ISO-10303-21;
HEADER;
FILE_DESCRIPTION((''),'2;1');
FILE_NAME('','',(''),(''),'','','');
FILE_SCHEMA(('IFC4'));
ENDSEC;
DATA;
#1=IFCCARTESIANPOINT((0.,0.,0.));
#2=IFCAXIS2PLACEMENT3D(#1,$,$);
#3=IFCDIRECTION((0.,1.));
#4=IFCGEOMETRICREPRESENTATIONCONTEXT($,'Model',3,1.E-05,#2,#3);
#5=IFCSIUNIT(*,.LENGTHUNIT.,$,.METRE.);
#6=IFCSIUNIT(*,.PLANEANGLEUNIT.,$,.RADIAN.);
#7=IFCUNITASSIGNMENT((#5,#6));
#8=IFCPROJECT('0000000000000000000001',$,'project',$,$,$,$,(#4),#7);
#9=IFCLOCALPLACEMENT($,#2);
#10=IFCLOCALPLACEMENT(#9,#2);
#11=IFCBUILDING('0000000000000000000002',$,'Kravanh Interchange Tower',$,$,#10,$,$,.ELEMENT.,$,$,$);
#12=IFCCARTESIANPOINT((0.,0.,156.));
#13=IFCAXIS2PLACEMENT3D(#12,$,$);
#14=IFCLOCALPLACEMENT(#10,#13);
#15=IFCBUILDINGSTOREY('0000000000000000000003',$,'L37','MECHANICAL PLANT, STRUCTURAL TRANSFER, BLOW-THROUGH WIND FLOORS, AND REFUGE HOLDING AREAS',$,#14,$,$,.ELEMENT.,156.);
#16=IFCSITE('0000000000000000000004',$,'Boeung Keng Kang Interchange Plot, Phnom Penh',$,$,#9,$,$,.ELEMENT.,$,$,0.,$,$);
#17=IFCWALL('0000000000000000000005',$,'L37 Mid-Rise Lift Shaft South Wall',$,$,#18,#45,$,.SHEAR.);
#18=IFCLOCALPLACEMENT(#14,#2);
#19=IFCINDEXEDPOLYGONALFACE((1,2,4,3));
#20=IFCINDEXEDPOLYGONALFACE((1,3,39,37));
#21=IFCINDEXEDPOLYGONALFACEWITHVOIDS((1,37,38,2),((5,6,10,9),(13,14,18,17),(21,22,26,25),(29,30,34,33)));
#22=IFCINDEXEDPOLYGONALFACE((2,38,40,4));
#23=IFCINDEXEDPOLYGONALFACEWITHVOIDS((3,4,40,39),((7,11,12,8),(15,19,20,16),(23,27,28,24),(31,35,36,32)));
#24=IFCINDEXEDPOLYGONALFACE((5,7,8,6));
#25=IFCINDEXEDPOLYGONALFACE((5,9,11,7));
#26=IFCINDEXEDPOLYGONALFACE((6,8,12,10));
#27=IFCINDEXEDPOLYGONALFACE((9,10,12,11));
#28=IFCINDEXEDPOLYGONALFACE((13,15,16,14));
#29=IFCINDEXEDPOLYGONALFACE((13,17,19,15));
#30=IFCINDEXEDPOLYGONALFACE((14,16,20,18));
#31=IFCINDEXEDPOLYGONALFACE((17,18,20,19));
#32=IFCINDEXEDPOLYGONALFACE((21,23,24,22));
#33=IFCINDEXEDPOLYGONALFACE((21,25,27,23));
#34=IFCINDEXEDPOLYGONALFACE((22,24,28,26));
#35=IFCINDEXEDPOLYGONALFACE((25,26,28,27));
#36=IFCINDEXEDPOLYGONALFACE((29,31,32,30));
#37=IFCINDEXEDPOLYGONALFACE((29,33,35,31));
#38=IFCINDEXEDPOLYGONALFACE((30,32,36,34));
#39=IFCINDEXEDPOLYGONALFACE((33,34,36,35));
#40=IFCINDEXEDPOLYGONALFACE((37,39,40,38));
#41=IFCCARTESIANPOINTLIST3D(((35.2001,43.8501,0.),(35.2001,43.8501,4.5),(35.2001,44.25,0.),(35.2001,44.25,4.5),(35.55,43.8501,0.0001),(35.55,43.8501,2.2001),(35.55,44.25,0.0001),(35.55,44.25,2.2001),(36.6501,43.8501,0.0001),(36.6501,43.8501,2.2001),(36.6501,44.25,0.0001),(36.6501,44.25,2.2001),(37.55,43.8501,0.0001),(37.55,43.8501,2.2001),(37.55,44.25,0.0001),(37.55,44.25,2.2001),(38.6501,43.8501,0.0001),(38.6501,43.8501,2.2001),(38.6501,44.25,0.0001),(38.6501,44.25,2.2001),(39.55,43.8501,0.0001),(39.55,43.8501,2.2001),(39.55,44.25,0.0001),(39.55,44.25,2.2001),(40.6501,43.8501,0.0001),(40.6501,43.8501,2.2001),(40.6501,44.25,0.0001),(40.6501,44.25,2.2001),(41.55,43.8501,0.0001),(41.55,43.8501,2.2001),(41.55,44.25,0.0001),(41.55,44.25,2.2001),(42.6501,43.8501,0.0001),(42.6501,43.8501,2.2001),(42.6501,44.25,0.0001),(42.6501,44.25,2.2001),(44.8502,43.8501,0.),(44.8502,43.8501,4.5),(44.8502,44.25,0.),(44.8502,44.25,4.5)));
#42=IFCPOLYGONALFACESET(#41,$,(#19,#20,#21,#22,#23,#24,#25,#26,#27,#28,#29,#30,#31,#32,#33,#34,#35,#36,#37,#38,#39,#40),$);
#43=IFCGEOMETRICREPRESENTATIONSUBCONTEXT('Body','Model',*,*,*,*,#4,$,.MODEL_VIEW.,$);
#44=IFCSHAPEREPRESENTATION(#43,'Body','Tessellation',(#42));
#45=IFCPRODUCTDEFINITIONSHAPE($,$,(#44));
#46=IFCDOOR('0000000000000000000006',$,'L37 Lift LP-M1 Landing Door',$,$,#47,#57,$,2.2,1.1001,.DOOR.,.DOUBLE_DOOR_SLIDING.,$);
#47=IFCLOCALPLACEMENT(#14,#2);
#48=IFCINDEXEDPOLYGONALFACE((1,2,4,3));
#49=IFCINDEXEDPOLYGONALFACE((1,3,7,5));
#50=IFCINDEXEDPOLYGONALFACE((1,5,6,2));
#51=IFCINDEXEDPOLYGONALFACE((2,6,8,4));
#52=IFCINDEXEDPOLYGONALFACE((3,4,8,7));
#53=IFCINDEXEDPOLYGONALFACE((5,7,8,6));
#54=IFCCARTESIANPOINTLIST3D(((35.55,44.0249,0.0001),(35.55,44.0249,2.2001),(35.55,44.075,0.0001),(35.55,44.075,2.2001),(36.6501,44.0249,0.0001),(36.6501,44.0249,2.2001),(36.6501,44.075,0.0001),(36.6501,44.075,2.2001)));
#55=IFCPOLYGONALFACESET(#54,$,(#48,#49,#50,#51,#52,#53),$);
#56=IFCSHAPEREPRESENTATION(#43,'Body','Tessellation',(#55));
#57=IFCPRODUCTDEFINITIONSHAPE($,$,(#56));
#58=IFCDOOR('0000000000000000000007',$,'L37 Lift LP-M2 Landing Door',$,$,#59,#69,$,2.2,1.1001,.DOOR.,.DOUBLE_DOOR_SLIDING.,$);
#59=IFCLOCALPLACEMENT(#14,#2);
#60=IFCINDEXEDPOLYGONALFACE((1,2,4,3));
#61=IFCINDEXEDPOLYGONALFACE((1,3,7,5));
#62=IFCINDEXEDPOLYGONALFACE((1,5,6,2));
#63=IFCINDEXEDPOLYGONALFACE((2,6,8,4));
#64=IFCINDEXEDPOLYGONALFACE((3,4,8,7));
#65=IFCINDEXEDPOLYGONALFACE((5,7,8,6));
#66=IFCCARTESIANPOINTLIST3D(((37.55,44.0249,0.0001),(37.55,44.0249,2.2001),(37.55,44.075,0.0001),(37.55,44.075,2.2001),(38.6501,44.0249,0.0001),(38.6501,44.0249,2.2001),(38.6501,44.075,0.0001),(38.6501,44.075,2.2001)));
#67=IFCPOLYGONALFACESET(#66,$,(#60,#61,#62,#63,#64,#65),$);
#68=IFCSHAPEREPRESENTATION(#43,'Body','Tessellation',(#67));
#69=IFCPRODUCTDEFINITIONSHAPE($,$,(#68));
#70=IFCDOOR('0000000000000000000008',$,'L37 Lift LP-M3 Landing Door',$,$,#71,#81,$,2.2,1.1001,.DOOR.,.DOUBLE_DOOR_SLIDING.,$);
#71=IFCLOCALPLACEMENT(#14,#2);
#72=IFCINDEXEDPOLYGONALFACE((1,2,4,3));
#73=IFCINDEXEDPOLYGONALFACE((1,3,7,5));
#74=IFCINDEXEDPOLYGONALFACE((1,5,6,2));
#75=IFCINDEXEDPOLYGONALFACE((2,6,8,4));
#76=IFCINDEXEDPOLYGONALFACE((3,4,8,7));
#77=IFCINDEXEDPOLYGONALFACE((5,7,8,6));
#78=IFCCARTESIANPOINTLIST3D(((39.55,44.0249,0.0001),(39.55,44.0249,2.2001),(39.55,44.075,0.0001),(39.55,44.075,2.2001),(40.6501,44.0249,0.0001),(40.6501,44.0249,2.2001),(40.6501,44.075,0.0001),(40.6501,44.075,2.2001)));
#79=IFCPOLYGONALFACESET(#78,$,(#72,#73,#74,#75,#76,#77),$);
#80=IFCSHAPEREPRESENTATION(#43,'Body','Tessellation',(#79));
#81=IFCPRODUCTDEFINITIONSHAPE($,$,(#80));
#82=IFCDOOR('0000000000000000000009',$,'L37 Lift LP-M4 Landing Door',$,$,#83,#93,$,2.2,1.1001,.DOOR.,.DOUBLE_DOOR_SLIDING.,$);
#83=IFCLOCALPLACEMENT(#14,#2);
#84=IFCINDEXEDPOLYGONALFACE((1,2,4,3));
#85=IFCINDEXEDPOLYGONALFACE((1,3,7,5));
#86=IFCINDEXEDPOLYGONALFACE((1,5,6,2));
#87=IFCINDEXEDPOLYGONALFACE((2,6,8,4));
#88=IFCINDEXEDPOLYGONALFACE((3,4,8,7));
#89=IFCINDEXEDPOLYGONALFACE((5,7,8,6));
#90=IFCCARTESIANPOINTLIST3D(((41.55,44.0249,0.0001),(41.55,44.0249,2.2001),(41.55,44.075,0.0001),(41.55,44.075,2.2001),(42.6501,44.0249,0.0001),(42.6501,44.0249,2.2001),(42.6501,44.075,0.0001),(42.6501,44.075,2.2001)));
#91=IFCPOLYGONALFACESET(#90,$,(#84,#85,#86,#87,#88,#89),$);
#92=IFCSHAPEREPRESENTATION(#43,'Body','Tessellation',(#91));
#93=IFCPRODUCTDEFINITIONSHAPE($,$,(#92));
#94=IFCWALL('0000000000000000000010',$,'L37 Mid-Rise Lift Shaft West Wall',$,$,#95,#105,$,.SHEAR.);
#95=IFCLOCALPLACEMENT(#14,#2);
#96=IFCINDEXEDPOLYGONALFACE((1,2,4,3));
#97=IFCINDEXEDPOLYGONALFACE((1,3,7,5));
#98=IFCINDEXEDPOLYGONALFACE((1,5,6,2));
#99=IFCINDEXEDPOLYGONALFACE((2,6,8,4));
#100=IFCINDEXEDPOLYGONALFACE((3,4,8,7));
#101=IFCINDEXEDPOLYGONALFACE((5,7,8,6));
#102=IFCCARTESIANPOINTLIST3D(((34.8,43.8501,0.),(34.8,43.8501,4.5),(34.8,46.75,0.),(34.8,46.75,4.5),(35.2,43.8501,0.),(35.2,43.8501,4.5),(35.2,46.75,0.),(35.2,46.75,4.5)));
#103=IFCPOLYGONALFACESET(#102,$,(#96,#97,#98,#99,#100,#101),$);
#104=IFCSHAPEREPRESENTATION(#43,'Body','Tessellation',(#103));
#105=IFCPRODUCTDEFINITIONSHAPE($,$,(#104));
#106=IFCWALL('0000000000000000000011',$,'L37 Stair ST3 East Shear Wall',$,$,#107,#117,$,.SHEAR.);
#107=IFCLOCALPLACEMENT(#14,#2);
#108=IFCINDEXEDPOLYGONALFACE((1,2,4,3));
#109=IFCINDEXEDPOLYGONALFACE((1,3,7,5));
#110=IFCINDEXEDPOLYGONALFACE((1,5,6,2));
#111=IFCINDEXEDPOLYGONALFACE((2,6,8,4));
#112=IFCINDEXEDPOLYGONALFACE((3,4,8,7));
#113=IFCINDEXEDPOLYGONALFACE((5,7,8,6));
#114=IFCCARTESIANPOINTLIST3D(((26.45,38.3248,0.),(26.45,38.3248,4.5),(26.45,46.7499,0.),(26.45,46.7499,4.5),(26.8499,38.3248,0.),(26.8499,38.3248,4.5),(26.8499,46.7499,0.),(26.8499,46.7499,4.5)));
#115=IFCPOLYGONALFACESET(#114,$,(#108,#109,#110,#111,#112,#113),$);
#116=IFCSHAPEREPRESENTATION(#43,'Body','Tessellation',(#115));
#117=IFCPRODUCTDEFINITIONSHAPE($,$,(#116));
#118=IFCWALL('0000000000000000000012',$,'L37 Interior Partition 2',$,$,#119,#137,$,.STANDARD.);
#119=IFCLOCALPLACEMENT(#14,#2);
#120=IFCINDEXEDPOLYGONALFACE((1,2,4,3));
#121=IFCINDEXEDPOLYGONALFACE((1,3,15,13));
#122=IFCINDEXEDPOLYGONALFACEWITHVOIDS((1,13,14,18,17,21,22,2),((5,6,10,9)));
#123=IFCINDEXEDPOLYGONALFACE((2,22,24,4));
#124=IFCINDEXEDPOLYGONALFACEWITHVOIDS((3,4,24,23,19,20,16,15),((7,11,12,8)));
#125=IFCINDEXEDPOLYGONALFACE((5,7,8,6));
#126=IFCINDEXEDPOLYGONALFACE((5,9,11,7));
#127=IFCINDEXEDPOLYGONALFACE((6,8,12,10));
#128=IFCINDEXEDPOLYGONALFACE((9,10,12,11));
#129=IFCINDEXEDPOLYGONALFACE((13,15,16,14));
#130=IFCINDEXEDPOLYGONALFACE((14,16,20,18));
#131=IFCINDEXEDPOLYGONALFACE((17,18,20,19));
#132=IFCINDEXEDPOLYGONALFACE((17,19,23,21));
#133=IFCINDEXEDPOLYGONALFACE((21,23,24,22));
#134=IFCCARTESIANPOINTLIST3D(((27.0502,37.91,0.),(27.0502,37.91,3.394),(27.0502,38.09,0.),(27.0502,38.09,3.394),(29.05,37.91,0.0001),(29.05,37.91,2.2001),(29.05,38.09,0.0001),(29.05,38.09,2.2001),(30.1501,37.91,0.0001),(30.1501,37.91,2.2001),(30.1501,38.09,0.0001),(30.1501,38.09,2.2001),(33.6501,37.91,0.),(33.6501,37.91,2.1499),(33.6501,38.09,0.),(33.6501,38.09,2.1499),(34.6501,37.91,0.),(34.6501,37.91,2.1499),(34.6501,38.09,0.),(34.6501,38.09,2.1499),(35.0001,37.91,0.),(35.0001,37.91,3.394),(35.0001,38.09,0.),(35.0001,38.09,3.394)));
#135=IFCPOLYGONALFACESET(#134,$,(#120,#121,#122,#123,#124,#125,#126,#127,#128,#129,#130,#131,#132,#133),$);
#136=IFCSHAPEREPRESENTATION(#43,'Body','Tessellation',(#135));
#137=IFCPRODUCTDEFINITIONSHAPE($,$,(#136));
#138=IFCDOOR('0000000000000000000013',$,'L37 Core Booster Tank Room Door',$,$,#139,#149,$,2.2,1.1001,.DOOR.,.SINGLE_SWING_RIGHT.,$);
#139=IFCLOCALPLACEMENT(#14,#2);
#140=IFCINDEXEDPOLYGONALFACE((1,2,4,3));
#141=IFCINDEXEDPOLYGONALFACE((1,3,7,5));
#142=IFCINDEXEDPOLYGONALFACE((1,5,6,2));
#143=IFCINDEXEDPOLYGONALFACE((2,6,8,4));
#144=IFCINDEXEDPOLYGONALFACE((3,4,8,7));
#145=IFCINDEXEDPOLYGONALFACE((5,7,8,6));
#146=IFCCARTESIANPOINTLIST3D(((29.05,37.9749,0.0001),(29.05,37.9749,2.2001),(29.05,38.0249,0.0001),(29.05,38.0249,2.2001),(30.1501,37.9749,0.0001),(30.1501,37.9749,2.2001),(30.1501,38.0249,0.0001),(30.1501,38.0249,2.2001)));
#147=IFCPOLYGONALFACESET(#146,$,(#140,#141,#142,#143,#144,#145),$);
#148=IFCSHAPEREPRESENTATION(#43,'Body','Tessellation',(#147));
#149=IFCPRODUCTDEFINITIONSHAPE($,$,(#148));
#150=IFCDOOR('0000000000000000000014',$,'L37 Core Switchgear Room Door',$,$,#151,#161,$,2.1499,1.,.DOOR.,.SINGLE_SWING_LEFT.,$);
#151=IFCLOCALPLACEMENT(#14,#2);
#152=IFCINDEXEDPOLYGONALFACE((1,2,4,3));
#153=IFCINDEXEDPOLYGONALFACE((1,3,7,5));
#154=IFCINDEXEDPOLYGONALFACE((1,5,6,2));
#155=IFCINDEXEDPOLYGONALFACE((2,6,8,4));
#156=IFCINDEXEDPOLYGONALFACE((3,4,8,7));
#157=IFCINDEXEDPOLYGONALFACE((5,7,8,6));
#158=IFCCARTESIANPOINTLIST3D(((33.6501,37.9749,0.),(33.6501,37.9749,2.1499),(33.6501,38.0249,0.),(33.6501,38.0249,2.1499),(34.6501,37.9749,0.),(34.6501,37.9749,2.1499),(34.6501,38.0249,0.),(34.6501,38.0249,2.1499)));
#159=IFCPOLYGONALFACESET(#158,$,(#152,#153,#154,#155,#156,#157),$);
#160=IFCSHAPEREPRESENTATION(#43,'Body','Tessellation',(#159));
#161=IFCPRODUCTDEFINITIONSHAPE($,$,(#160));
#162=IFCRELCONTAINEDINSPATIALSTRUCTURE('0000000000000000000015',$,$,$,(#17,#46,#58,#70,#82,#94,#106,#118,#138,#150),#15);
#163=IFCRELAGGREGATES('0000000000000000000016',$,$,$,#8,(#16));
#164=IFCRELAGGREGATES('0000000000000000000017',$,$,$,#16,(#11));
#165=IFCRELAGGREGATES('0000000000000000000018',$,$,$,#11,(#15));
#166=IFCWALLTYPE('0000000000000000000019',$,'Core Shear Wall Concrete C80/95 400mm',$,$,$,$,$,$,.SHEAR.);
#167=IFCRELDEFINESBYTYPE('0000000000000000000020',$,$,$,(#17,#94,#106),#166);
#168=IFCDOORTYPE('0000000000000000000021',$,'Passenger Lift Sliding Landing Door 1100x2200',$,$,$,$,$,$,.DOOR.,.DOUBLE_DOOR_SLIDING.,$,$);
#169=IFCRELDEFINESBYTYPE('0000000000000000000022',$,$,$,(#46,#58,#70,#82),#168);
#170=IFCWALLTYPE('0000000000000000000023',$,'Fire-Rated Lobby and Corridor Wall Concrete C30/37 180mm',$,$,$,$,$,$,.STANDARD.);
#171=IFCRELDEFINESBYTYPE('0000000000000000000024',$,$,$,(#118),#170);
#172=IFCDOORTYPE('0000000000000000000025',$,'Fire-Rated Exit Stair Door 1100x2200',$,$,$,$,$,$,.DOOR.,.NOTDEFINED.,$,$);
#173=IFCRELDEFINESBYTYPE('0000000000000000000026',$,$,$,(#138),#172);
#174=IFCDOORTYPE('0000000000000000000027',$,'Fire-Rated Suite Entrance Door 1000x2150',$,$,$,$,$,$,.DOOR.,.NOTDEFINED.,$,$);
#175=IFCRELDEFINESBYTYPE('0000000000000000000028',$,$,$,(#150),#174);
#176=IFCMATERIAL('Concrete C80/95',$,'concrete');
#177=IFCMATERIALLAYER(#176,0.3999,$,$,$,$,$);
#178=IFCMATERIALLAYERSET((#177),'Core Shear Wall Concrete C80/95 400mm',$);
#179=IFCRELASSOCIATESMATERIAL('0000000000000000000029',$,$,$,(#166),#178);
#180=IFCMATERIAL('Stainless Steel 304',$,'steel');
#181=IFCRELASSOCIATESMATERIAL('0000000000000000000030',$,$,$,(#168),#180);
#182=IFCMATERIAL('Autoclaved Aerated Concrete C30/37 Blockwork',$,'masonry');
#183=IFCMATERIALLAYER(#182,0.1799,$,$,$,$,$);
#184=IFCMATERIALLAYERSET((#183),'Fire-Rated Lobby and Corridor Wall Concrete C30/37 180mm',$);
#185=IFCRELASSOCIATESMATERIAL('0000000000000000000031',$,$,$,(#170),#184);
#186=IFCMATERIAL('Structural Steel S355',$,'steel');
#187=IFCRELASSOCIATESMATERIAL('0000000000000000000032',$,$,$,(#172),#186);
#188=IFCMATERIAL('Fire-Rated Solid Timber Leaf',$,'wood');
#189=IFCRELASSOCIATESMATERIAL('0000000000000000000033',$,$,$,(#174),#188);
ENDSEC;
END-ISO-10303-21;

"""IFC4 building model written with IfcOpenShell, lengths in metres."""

from ifc_helpers import new_model, si_unit, direction, frame, frame_2d, origin, place, context, subcontext, project, spatial, rectangle, extrude, material, layer, layer_set, type_object, element, fill, save


model = new_model("IFC4")

# Units and contexts
model_context = context("Model", 3, precision=1e-05, world=origin(), true_north=direction((0.0, 1.0)))
body_context = subcontext(model_context, "Body", "Model", "MODEL_VIEW")
ifc_project = project(units=[si_unit("LENGTHUNIT", "METRE"), si_unit("PLANEANGLEUNIT", "RADIAN")], contexts=[model_context])

# Site, building, storey
site_placement = place(None, origin())
site = spatial("IfcSite", under=ifc_project, at=site_placement, Name="Boeung Keng Kang Interchange Plot, Phnom Penh", CompositionType="ELEMENT", RefElevation=0.0)
building_placement = place(site_placement, origin())
building = spatial("IfcBuilding", under=site, at=building_placement, Name="Kravanh Interchange Tower", CompositionType="ELEMENT")
storey_placement = place(building_placement, frame((0.0, 0.0, 156.0)))
storey = spatial("IfcBuildingStorey", under=building, at=storey_placement, Name="L37", Description="MECHANICAL PLANT, STRUCTURAL TRANSFER, BLOW-THROUGH WIND FLOORS, AND REFUGE HOLDING AREAS", CompositionType="ELEMENT", Elevation=156.0)

# Wall, openings, doors
ifc_material_1 = material(Name="Concrete C80/95", Category="concrete")
ifc_layer_1 = layer(ifc_material_1, 0.3999)
ifc_layer_set_1 = layer_set([ifc_layer_1], Name="Core Shear Wall Concrete C80/95 400mm")
wall_type_1 = type_object("IfcWallType", Name="Core Shear Wall Concrete C80/95 400mm", PredefinedType="SHEAR", material=ifc_layer_set_1)
wall_1_placement = place(storey_placement, frame((35.2, 44.05, 0.0), z_axis=(0.0, 0.0, 1.0), x_axis=(1.0, 0.0, 0.0)))
wall_1 = element("IfcWall", 1, at=wall_1_placement, inside=storey, type_object=wall_type_1, Name="L37 Mid-Rise Lift Shaft South Wall", PredefinedType="SHEAR", context=body_context, shape_type="SweptSolid", body=[
    extrude(rectangle(XDim=9.6501, YDim=0.3999, at=frame_2d((4.8252, 0.0))), origin(), (0.0, 0.0, 1.0), 4.5),
])
opening_1_placement = place(wall_1_placement, frame((0.3501, 0.0, 0.0)))
opening_1 = element("IfcOpeningElement", 2, at=opening_1_placement, cuts=wall_1, PredefinedType="OPENING", context=body_context, shape_type="SweptSolid", body=[
    extrude(rectangle(XDim=1.1001, YDim=2.2, at=frame_2d((0.55, 1.1001))), frame((0.0, 0.21, 0.0), z_axis=(0.0, -1.0, 0.0), x_axis=(1.0, 0.0, 0.0)), (0.0, 0.0, 1.0), 0.4199),
])
opening_2_placement = place(wall_1_placement, frame((2.3501, 0.0, 0.0)))
opening_2 = element("IfcOpeningElement", 3, at=opening_2_placement, cuts=wall_1, PredefinedType="OPENING", context=body_context, shape_type="SweptSolid", body=[
    extrude(rectangle(XDim=1.1001, YDim=2.2, at=frame_2d((0.55, 1.1001))), frame((0.0, 0.21, 0.0), z_axis=(0.0, -1.0, 0.0), x_axis=(1.0, 0.0, 0.0)), (0.0, 0.0, 1.0), 0.4199),
])
opening_3_placement = place(wall_1_placement, frame((4.3501, 0.0, 0.0)))
opening_3 = element("IfcOpeningElement", 4, at=opening_3_placement, cuts=wall_1, PredefinedType="OPENING", context=body_context, shape_type="SweptSolid", body=[
    extrude(rectangle(XDim=1.1001, YDim=2.2, at=frame_2d((0.55, 1.1001))), frame((0.0, 0.21, 0.0), z_axis=(0.0, -1.0, 0.0), x_axis=(1.0, 0.0, 0.0)), (0.0, 0.0, 1.0), 0.4199),
])
opening_4_placement = place(wall_1_placement, frame((6.3501, 0.0, 0.0)))
opening_4 = element("IfcOpeningElement", 5, at=opening_4_placement, cuts=wall_1, PredefinedType="OPENING", context=body_context, shape_type="SweptSolid", body=[
    extrude(rectangle(XDim=1.1001, YDim=2.2, at=frame_2d((0.55, 1.1001))), frame((0.0, 0.21, 0.0), z_axis=(0.0, -1.0, 0.0), x_axis=(1.0, 0.0, 0.0)), (0.0, 0.0, 1.0), 0.4199),
])
ifc_material_2 = material(Name="Stainless Steel 304", Category="steel")
door_type_1 = type_object("IfcDoorType", Name="Passenger Lift Sliding Landing Door 1100x2200", OperationType="DOUBLE_DOOR_SLIDING", PredefinedType="DOOR", material=ifc_material_2)
door_1_placement = place(opening_1_placement, origin())
door_1 = element("IfcDoor", 6, at=door_1_placement, inside=storey, type_object=door_type_1, Name="L37 Lift LP-M1 Landing Door", OperationType="DOUBLE_DOOR_SLIDING", OverallHeight=2.2, OverallWidth=1.1001, PredefinedType="DOOR", context=body_context, shape_type="SweptSolid", body=[
    extrude(rectangle(XDim=1.1001, YDim=2.2, at=frame_2d((0.55, 1.1001))), frame((0.0, 0.0249, 0.0), z_axis=(0.0, -1.0, 0.0), x_axis=(1.0, 0.0, 0.0)), (0.0, 0.0, 1.0), 0.05),
])
fill(opening_1, door_1)
door_2_placement = place(opening_2_placement, origin())
door_2 = element("IfcDoor", 7, at=door_2_placement, inside=storey, type_object=door_type_1, Name="L37 Lift LP-M2 Landing Door", OperationType="DOUBLE_DOOR_SLIDING", OverallHeight=2.2, OverallWidth=1.1001, PredefinedType="DOOR", context=body_context, shape_type="SweptSolid", body=[
    extrude(rectangle(XDim=1.1001, YDim=2.2, at=frame_2d((0.55, 1.1001))), frame((0.0, 0.0249, 0.0), z_axis=(0.0, -1.0, 0.0), x_axis=(1.0, 0.0, 0.0)), (0.0, 0.0, 1.0), 0.05),
])
fill(opening_2, door_2)
door_3_placement = place(opening_3_placement, origin())
door_3 = element("IfcDoor", 8, at=door_3_placement, inside=storey, type_object=door_type_1, Name="L37 Lift LP-M3 Landing Door", OperationType="DOUBLE_DOOR_SLIDING", OverallHeight=2.2, OverallWidth=1.1001, PredefinedType="DOOR", context=body_context, shape_type="SweptSolid", body=[
    extrude(rectangle(XDim=1.1001, YDim=2.2, at=frame_2d((0.55, 1.1001))), frame((0.0, 0.0249, 0.0), z_axis=(0.0, -1.0, 0.0), x_axis=(1.0, 0.0, 0.0)), (0.0, 0.0, 1.0), 0.05),
])
fill(opening_3, door_3)
door_4_placement = place(opening_4_placement, origin())
door_4 = element("IfcDoor", 9, at=door_4_placement, inside=storey, type_object=door_type_1, Name="L37 Lift LP-M4 Landing Door", OperationType="DOUBLE_DOOR_SLIDING", OverallHeight=2.2, OverallWidth=1.1001, PredefinedType="DOOR", context=body_context, shape_type="SweptSolid", body=[
    extrude(rectangle(XDim=1.1001, YDim=2.2, at=frame_2d((0.55, 1.1001))), frame((0.0, 0.0249, 0.0), z_axis=(0.0, -1.0, 0.0), x_axis=(1.0, 0.0, 0.0)), (0.0, 0.0, 1.0), 0.05),
])
fill(opening_4, door_4)

# Walls
wall_2_placement = place(storey_placement, frame((35.0, 43.8501, 0.0), z_axis=(0.0, 0.0, 1.0), x_axis=(0.0, 1.0, 0.0)))
element("IfcWall", 10, at=wall_2_placement, inside=storey, type_object=wall_type_1, Name="L37 Mid-Rise Lift Shaft West Wall", PredefinedType="SHEAR", context=body_context, shape_type="SweptSolid", body=[
    extrude(rectangle(XDim=2.8999, YDim=0.3999, at=frame_2d((1.45, 0.0))), origin(), (0.0, 0.0, 1.0), 4.5),
])
wall_3_placement = place(storey_placement, frame((26.6499, 38.325, 0.0), z_axis=(0.0, 0.0, 1.0), x_axis=(0.0, 1.0, 0.0)))
element("IfcWall", 11, at=wall_3_placement, inside=storey, type_object=wall_type_1, Name="L37 Stair ST3 East Shear Wall", PredefinedType="SHEAR", context=body_context, shape_type="SweptSolid", body=[
    extrude(rectangle(XDim=8.425, YDim=0.3999, at=frame_2d((4.2124, 0.0))), origin(), (0.0, 0.0, 1.0), 4.5),
])

# Wall, openings, doors
ifc_material_3 = material(Name="Autoclaved Aerated Concrete C30/37 Blockwork", Category="masonry")
ifc_layer_2 = layer(ifc_material_3, 0.1799)
ifc_layer_set_2 = layer_set([ifc_layer_2], Name="Fire-Rated Lobby and Corridor Wall Concrete C30/37 180mm")
wall_type_2 = type_object("IfcWallType", Name="Fire-Rated Lobby and Corridor Wall Concrete C30/37 180mm", PredefinedType="STANDARD", material=ifc_layer_set_2)
wall_4_placement = place(storey_placement, frame((27.05, 38.0, 0.0), z_axis=(0.0, 0.0, 1.0), x_axis=(1.0, 0.0, 0.0)))
wall_4 = element("IfcWall", 12, at=wall_4_placement, inside=storey, type_object=wall_type_2, Name="L37 Interior Partition 2", PredefinedType="STANDARD", context=body_context, shape_type="SweptSolid", body=[
    extrude(rectangle(XDim=7.95, YDim=0.1799, at=frame_2d((3.9751, 0.0))), origin(), (0.0, 0.0, 1.0), 3.394),
])
opening_5_placement = place(wall_4_placement, frame((2.0, 0.0, 0.0)))
opening_5 = element("IfcOpeningElement", 13, at=opening_5_placement, cuts=wall_4, PredefinedType="OPENING", context=body_context, shape_type="SweptSolid", body=[
    extrude(rectangle(XDim=1.1001, YDim=2.2, at=frame_2d((0.55, 1.1001))), frame((0.0, 0.1001, 0.0), z_axis=(0.0, -1.0, 0.0), x_axis=(1.0, 0.0, 0.0)), (0.0, 0.0, 1.0), 0.2),
])
opening_6_placement = place(wall_4_placement, frame((6.6001, 0.0, 0.0)))
opening_6 = element("IfcOpeningElement", 14, at=opening_6_placement, cuts=wall_4, PredefinedType="OPENING", context=body_context, shape_type="SweptSolid", body=[
    extrude(rectangle(XDim=1.0, YDim=2.1499, at=frame_2d((0.5, 1.075))), frame((0.0, 0.1001, 0.0), z_axis=(0.0, -1.0, 0.0), x_axis=(1.0, 0.0, 0.0)), (0.0, 0.0, 1.0), 0.2),
])
ifc_material_4 = material(Name="Structural Steel S355", Category="steel")
door_type_2 = type_object("IfcDoorType", Name="Fire-Rated Exit Stair Door 1100x2200", OperationType="NOTDEFINED", PredefinedType="DOOR", material=ifc_material_4)
door_5_placement = place(opening_5_placement, origin())
door_5 = element("IfcDoor", 15, at=door_5_placement, inside=storey, type_object=door_type_2, Name="L37 Core Booster Tank Room Door", OperationType="SINGLE_SWING_RIGHT", OverallHeight=2.2, OverallWidth=1.1001, PredefinedType="DOOR", context=body_context, shape_type="SweptSolid", body=[
    extrude(rectangle(XDim=1.1001, YDim=2.2, at=frame_2d((0.55, 1.1001))), frame((0.0, 0.0249, 0.0), z_axis=(0.0, -1.0, 0.0), x_axis=(1.0, 0.0, 0.0)), (0.0, 0.0, 1.0), 0.05),
])
fill(opening_5, door_5)
ifc_material_5 = material(Name="Fire-Rated Solid Timber Leaf", Category="wood")
door_type_3 = type_object("IfcDoorType", Name="Fire-Rated Suite Entrance Door 1000x2150", OperationType="NOTDEFINED", PredefinedType="DOOR", material=ifc_material_5)
door_6_placement = place(opening_6_placement, origin())
door_6 = element("IfcDoor", 16, at=door_6_placement, inside=storey, type_object=door_type_3, Name="L37 Core Switchgear Room Door", OperationType="SINGLE_SWING_LEFT", OverallHeight=2.1499, OverallWidth=1.0, PredefinedType="DOOR", context=body_context, shape_type="SweptSolid", body=[
    extrude(rectangle(XDim=1.0, YDim=2.1499, at=frame_2d((0.5, 1.075))), frame((0.0, 0.0249, 0.0), z_axis=(0.0, -1.0, 0.0), x_axis=(1.0, 0.0, 0.0)), (0.0, 0.0, 1.0), 0.05),
])
fill(opening_6, door_6)

save(model, "model.ifc")
